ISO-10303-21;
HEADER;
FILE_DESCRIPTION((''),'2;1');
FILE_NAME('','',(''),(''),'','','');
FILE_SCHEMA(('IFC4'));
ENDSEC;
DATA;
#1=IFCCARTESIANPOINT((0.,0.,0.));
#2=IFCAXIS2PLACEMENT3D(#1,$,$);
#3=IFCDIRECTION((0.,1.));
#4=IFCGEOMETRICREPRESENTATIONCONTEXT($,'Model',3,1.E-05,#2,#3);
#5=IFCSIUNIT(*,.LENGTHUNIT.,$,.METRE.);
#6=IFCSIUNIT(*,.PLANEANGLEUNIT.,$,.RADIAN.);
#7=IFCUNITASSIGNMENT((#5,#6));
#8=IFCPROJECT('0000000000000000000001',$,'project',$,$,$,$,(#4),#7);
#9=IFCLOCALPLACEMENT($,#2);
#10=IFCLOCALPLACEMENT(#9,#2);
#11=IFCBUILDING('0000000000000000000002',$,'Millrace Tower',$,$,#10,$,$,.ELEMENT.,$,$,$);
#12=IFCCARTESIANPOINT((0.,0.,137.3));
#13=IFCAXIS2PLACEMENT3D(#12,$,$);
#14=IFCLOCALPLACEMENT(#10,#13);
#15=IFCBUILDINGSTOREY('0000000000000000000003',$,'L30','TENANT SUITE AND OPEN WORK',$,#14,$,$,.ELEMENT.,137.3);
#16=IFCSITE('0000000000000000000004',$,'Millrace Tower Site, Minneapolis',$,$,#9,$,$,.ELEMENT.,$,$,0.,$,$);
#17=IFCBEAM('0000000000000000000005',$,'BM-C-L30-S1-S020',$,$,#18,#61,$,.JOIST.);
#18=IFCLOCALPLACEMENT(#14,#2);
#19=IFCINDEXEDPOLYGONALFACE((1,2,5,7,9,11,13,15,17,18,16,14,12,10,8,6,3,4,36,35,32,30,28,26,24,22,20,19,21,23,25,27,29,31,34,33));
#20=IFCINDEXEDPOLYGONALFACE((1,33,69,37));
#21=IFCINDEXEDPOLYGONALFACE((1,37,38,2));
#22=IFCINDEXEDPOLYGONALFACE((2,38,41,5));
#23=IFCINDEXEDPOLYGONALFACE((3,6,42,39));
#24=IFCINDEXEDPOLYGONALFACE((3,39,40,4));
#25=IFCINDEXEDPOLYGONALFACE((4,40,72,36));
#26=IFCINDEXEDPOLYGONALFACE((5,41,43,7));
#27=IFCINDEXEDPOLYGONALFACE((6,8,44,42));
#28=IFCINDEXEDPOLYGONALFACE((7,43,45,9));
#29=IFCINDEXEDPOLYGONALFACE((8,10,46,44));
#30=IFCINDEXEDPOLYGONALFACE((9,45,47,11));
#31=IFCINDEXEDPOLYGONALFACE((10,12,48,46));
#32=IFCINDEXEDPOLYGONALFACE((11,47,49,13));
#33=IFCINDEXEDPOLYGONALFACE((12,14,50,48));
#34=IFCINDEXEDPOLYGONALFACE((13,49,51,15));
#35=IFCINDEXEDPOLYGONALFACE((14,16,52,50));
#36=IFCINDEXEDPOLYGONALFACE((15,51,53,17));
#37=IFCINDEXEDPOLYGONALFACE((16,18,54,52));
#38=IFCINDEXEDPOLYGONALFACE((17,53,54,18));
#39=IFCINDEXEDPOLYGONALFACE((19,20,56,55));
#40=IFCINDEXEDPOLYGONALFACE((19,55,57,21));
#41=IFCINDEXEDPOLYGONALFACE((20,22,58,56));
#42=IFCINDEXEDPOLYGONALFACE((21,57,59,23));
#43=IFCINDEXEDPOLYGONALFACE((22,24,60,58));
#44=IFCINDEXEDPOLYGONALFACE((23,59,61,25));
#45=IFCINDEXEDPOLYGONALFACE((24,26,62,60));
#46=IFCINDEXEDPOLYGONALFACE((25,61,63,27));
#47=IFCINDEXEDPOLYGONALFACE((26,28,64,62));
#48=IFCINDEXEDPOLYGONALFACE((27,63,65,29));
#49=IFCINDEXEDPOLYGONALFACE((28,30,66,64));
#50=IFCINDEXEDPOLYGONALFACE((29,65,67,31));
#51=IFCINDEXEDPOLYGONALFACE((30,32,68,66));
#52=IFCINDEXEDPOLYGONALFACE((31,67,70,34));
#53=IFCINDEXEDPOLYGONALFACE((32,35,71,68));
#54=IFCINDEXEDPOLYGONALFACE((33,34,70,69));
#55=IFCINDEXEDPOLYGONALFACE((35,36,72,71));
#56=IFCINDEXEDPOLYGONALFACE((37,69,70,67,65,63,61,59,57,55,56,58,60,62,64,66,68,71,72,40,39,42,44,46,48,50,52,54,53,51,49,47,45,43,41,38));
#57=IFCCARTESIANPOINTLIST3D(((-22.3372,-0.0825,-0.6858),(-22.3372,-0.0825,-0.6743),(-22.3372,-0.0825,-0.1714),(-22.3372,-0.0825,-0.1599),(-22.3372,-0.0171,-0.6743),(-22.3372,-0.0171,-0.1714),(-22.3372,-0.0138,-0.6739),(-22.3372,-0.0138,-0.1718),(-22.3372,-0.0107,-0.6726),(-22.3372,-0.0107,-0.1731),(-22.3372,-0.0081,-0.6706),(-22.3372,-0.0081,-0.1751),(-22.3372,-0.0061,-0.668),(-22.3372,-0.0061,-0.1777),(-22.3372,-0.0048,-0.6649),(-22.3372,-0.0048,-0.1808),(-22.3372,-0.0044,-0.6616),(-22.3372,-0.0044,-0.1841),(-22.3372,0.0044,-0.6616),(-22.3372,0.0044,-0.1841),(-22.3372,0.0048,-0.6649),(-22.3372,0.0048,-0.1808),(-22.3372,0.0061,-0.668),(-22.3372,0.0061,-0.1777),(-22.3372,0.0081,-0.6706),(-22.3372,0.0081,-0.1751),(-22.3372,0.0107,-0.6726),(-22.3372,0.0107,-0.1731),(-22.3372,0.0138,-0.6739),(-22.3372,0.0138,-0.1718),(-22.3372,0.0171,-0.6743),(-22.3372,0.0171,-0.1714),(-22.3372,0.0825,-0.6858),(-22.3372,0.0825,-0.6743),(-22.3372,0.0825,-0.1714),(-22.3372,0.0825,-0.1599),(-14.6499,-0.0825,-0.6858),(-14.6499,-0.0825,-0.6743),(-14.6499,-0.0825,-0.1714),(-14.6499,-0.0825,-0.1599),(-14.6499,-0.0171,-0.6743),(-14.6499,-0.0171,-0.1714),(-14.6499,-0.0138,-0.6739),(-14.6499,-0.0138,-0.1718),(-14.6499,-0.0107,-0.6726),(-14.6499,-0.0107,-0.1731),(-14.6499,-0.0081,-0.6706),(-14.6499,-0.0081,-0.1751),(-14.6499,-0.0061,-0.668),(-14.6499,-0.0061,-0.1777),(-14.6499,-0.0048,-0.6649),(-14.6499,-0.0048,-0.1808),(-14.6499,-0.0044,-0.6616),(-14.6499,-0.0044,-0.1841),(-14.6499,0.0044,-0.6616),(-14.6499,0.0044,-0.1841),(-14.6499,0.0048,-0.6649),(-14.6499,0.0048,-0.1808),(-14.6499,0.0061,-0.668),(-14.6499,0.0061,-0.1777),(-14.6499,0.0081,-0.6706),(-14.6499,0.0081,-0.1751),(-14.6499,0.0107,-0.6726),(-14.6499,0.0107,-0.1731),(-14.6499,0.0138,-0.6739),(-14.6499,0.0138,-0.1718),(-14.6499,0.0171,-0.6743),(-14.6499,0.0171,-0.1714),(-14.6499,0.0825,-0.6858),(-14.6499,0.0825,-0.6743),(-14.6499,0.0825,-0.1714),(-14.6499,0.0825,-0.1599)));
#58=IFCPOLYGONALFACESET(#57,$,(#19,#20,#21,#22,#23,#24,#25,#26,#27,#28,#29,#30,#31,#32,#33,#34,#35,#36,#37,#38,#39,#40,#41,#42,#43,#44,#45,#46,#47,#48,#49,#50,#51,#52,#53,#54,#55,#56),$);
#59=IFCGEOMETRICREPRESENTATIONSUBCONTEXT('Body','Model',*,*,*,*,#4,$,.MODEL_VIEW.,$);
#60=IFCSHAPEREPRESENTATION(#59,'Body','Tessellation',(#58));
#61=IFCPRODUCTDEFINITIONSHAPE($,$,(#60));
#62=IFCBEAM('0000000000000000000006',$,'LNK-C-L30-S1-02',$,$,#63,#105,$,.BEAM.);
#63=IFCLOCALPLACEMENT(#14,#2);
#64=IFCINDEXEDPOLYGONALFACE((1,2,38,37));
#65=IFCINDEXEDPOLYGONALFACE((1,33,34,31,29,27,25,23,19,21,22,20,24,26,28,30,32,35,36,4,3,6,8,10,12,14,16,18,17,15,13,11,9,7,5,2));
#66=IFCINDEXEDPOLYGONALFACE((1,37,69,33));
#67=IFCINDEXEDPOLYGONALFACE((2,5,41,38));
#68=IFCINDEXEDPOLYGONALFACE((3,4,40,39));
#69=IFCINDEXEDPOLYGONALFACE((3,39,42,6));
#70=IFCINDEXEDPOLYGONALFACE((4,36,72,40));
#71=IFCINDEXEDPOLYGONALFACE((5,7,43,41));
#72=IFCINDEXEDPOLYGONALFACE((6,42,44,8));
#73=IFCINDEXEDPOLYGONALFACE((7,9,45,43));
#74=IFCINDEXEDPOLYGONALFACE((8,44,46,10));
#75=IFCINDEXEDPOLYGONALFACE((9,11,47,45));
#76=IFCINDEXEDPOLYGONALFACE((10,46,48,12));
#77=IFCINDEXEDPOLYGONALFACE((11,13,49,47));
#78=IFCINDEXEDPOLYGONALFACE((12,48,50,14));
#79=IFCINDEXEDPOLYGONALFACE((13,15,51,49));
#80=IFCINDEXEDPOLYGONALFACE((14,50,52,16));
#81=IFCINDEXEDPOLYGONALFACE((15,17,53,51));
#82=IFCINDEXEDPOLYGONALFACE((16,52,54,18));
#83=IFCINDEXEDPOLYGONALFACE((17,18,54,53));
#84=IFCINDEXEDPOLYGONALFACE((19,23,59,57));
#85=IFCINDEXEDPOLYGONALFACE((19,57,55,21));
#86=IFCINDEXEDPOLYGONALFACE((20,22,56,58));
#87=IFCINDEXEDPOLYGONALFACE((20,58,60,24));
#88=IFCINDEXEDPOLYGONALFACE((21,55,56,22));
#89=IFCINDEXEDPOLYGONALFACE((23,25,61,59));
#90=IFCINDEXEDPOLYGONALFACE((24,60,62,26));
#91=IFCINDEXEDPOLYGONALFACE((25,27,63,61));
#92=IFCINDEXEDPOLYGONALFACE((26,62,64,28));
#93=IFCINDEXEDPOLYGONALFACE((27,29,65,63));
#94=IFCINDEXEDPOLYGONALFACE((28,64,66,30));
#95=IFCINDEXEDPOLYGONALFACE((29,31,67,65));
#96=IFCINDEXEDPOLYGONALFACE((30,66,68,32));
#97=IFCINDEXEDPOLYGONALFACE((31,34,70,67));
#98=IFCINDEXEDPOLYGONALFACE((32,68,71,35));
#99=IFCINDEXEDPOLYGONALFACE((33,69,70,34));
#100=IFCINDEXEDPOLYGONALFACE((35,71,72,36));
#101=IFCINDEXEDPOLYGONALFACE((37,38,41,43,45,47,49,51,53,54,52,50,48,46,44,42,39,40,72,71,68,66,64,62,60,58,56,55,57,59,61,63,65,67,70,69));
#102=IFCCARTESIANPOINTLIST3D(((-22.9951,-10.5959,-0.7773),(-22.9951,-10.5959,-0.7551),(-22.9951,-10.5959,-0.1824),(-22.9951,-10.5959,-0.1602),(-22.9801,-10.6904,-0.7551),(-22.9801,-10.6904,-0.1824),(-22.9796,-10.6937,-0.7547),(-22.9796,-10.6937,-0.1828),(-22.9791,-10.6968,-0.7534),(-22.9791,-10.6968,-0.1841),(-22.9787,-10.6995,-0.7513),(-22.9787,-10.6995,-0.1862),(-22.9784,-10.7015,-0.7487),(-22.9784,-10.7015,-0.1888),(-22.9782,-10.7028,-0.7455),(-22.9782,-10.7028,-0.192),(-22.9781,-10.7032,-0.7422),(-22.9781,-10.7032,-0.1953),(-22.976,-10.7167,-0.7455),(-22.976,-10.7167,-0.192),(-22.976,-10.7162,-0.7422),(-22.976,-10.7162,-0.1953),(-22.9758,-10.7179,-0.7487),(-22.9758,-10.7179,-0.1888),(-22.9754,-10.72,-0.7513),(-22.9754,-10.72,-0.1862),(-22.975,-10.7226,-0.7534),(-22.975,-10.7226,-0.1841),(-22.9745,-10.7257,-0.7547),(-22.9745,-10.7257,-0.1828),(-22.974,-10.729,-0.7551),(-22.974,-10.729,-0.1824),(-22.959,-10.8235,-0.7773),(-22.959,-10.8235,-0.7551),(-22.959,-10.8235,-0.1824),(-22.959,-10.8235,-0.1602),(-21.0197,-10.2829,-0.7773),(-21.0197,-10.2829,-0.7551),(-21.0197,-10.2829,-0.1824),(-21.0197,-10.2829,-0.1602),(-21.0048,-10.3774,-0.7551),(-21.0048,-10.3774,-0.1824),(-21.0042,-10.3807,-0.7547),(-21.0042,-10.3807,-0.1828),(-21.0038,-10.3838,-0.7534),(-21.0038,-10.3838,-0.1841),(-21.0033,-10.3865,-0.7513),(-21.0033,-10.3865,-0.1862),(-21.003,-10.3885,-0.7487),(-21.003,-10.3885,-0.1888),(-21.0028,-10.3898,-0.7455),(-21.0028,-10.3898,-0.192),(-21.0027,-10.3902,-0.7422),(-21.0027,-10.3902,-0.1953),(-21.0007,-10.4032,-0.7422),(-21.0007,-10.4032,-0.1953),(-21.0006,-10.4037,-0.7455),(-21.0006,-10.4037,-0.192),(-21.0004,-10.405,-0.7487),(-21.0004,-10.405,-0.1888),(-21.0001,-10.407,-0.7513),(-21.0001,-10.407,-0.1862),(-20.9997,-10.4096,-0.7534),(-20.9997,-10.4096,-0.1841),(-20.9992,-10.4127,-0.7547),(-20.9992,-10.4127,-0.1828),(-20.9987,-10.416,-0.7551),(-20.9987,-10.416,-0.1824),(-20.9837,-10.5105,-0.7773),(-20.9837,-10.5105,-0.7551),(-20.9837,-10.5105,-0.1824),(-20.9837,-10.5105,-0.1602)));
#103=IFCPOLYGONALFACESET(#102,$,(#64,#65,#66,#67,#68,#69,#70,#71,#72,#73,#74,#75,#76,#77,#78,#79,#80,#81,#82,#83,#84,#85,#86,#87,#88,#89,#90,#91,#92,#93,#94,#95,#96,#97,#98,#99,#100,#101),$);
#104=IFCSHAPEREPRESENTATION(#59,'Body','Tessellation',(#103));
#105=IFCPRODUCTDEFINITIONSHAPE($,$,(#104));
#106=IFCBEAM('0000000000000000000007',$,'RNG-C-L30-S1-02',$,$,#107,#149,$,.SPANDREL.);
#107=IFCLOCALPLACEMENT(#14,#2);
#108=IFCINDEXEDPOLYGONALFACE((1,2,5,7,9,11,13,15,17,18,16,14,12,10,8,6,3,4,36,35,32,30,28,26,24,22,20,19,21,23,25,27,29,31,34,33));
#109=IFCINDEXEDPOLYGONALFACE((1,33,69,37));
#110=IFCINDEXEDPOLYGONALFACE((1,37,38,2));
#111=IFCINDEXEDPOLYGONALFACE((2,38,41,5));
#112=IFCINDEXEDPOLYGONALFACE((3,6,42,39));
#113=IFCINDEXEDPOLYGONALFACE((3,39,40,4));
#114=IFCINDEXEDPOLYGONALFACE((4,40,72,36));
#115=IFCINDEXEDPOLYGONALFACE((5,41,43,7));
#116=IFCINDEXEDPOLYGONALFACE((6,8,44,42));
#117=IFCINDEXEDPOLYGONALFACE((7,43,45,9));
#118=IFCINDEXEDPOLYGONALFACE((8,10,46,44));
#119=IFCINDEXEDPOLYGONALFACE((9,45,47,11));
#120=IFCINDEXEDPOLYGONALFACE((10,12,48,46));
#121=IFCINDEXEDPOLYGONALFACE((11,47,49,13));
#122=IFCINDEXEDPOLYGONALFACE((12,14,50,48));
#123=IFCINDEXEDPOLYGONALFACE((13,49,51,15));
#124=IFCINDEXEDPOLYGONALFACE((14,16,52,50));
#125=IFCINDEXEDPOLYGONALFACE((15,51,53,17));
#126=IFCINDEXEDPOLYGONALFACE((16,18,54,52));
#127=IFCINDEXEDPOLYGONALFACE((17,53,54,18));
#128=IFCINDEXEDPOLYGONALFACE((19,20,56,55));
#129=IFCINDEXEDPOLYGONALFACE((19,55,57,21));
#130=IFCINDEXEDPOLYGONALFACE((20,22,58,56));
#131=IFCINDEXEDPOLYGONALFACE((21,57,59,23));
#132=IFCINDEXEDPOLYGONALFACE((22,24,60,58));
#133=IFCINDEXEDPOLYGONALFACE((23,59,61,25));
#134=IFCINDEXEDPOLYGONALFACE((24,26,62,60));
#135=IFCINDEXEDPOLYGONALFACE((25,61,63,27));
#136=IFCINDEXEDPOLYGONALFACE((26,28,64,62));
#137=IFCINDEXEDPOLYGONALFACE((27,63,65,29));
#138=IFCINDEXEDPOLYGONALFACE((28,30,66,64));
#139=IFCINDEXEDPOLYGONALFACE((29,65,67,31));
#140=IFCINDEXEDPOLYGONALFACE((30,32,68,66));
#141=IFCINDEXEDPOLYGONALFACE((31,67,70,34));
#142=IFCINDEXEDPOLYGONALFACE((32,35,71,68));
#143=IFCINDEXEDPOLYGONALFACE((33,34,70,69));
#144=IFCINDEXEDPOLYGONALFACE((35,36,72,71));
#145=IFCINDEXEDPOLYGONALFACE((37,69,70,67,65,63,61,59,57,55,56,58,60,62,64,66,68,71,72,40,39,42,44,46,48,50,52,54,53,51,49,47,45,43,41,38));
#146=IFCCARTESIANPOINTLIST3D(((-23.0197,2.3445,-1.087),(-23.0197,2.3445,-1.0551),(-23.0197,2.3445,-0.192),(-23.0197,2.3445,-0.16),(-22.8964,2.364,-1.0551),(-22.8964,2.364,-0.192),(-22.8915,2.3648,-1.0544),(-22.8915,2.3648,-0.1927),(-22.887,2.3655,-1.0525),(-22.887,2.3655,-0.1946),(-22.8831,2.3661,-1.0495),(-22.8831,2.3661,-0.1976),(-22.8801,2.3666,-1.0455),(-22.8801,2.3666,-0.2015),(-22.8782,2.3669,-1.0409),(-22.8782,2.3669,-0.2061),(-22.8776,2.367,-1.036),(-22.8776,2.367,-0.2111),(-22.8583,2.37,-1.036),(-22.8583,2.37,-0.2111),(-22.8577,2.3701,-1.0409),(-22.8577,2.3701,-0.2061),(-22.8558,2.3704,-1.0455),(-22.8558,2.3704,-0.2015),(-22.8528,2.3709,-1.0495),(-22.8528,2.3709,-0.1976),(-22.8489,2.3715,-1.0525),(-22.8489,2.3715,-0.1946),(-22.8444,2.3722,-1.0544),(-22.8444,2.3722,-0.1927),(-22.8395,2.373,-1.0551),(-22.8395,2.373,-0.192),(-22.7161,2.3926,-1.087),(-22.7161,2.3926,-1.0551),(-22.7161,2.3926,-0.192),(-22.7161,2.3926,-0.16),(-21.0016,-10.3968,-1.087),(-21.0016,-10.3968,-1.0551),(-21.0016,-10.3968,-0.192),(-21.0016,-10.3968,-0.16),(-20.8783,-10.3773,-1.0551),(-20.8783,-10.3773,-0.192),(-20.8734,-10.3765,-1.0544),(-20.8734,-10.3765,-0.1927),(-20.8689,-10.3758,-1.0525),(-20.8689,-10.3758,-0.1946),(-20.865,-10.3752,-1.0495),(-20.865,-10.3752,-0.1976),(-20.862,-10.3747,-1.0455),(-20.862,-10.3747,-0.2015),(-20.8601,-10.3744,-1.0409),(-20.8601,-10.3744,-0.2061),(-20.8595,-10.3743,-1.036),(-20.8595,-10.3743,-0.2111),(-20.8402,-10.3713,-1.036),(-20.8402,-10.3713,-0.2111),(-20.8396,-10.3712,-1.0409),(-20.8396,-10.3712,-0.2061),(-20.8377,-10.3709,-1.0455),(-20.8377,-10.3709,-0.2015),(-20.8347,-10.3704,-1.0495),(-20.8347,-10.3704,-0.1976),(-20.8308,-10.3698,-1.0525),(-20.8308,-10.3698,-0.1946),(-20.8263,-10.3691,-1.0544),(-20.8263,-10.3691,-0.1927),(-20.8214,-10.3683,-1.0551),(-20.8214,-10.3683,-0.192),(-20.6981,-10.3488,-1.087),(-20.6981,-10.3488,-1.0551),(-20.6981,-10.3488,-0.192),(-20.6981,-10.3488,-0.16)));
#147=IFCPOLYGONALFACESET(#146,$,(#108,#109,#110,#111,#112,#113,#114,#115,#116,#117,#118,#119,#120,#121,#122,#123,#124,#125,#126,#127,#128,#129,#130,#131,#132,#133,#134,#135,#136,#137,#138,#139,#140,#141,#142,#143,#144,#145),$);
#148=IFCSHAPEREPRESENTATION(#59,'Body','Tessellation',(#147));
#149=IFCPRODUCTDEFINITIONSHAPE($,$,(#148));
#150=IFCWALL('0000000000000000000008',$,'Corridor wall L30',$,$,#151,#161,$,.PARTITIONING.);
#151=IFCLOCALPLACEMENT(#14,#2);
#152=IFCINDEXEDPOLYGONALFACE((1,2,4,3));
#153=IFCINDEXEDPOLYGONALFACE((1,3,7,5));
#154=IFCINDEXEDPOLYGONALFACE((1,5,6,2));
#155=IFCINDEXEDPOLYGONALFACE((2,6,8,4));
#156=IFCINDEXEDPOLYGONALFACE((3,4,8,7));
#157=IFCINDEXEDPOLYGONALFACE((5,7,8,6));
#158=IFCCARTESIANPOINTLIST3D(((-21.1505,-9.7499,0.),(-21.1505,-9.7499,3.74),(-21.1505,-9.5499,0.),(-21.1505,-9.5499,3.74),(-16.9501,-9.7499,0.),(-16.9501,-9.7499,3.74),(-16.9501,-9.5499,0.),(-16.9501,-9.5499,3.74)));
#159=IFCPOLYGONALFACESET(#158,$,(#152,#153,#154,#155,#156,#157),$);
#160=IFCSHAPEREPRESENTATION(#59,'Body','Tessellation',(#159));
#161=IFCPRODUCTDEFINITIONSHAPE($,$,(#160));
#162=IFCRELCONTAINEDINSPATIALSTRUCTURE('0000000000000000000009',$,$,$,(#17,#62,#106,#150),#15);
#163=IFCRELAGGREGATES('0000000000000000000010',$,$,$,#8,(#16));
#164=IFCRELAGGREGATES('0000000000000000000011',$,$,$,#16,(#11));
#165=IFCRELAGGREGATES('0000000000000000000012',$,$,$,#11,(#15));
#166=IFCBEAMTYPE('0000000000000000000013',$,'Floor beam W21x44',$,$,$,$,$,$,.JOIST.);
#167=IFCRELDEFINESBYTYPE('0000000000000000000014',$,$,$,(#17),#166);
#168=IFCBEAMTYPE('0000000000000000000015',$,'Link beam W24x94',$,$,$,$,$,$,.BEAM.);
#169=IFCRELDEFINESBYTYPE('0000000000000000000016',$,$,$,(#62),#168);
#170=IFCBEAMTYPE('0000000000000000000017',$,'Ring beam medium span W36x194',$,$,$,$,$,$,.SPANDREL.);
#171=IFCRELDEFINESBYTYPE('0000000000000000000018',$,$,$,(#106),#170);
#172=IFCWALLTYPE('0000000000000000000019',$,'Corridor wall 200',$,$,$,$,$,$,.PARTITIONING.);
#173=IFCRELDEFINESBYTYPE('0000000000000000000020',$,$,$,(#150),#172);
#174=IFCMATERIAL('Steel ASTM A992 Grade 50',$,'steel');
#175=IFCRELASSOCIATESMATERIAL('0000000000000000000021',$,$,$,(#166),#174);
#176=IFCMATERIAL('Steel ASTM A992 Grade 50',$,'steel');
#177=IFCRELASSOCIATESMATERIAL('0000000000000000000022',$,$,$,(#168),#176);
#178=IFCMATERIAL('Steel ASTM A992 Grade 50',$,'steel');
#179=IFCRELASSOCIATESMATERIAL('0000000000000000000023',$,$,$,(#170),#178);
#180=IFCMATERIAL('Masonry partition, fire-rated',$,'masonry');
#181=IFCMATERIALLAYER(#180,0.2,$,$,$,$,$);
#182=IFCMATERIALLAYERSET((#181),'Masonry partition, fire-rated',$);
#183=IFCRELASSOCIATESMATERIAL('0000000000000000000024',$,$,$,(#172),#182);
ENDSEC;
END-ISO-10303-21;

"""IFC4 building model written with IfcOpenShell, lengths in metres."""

from ifc_helpers import new_model, si_unit, direction, frame, frame_2d, origin, origin_2d, place, context, subcontext, project, spatial, rectangle, i_section, extrude, material, layer, layer_set, material_profile, profile_set, type_object, element, save


model = new_model("IFC4")

# Units and contexts
model_context = context("Model", 3, precision=1e-05, world=origin(), true_north=direction((0.0, 1.0)))
body_context = subcontext(model_context, "Body", "Model", "MODEL_VIEW")
ifc_project = project(units=[si_unit("LENGTHUNIT", "METRE"), si_unit("PLANEANGLEUNIT", "RADIAN")], contexts=[model_context])

# Site, building, storey
site_placement = place(None, origin())
site = spatial("IfcSite", under=ifc_project, at=site_placement, Name="Millrace Tower Site, Minneapolis", CompositionType="ELEMENT", RefElevation=0.0)
building_placement = place(site_placement, origin())
building = spatial("IfcBuilding", under=site, at=building_placement, Name="Millrace Tower", CompositionType="ELEMENT")
storey_placement = place(building_placement, frame((0.0, 0.0, 137.3)))
storey = spatial("IfcBuildingStorey", under=building, at=storey_placement, Name="L30", Description="TENANT SUITE AND OPEN WORK", CompositionType="ELEMENT", Elevation=137.3)

# Beams
ifc_material_1 = material(Name="Steel ASTM A992 Grade 50", Category="steel")
ifc_material_profile_1 = material_profile(ifc_material_1, i_section(OverallWidth=0.165, OverallDepth=0.5259, WebThickness=0.0088, FlangeThickness=0.0115, FilletRadius=0.0127, at=origin_2d()))
ifc_profile_set_1 = profile_set([ifc_material_profile_1], Name="Steel ASTM A992 Grade 50")
beam_type_1 = type_object("IfcBeamType", Name="Floor beam W21x44", PredefinedType="JOIST", material=ifc_profile_set_1)
beam_1_placement = place(storey_placement, frame((-22.3372, 0.0, -0.4229), z_axis=(1.0, 0.0, 0.0), x_axis=(0.0, 1.0, 0.0)))
element("IfcBeam", 1, at=beam_1_placement, inside=storey, type_object=beam_type_1, Name="BM-C-L30-S1-S020", PredefinedType="JOIST", context=body_context, shape_type="SweptSolid", body=[
    extrude(i_section(OverallWidth=0.165, OverallDepth=0.5259, WebThickness=0.0088, FlangeThickness=0.0115, FilletRadius=0.0127, at=origin_2d()), origin(), (0.0, 0.0, 1.0), 7.6873),
])
ifc_material_2 = material(Name="Steel ASTM A992 Grade 50", Category="steel")
ifc_material_profile_2 = material_profile(ifc_material_2, i_section(OverallWidth=0.2305, OverallDepth=0.6172, WebThickness=0.0132, FlangeThickness=0.0222, FilletRadius=0.0129, at=origin_2d()))
ifc_profile_set_2 = profile_set([ifc_material_profile_2], Name="Steel ASTM A992 Grade 50")
beam_type_2 = type_object("IfcBeamType", Name="Link beam W24x94", PredefinedType="BEAM", material=ifc_profile_set_2)
beam_2_placement = place(storey_placement, frame((-21.0017, -10.3967, -0.4688), z_axis=(-0.987679, -0.156495, 0.0), x_axis=(0.156495, -0.987679, 0.0)))
element("IfcBeam", 2, at=beam_2_placement, inside=storey, type_object=beam_type_2, Name="LNK-C-L30-S1-02", PredefinedType="BEAM", context=body_context, shape_type="SweptSolid", body=[
    extrude(i_section(OverallWidth=0.2305, OverallDepth=0.6172, WebThickness=0.0132, FlangeThickness=0.0222, FilletRadius=0.0129, at=origin_2d()), origin(), (0.0, 0.0, 1.0), 2.0),
])
ifc_material_3 = material(Name="Steel ASTM A992 Grade 50", Category="steel")
ifc_material_profile_3 = material_profile(ifc_material_3, i_section(OverallWidth=0.3074, OverallDepth=0.927, WebThickness=0.0195, FlangeThickness=0.032, FilletRadius=0.019, at=origin_2d()))
ifc_profile_set_3 = profile_set([ifc_material_profile_3], Name="Steel ASTM A992 Grade 50")
beam_type_3 = type_object("IfcBeamType", Name="Ring beam medium span W36x194", PredefinedType="SPANDREL", material=ifc_profile_set_3)
beam_3_placement = place(storey_placement, frame((-20.8499, -10.3728, -0.6235), z_axis=(-0.156439, 0.987688, 0.0), x_axis=(-0.987688, -0.156439, 0.0)))
element("IfcBeam", 3, at=beam_3_placement, inside=storey, type_object=beam_type_3, Name="RNG-C-L30-S1-02", PredefinedType="SPANDREL", context=body_context, shape_type="SweptSolid", body=[
    extrude(i_section(OverallWidth=0.3074, OverallDepth=0.927, WebThickness=0.0195, FlangeThickness=0.032, FilletRadius=0.019, at=origin_2d()), origin(), (0.0, 0.0, 1.0), 12.9001),
])

# Wall
ifc_material_4 = material(Name="Masonry partition, fire-rated", Category="masonry")
ifc_layer_1 = layer(ifc_material_4, 0.2)
ifc_layer_set_1 = layer_set([ifc_layer_1], Name="Masonry partition, fire-rated")
wall_type = type_object("IfcWallType", Name="Corridor wall 200", PredefinedType="PARTITIONING", material=ifc_layer_set_1)
wall_placement = place(storey_placement, frame((-21.1504, -9.6499, 0.0), z_axis=(0.0, 0.0, 1.0), x_axis=(1.0, 0.0, 0.0)))
element("IfcWall", 4, at=wall_placement, inside=storey, type_object=wall_type, Name="Corridor wall L30", PredefinedType="PARTITIONING", context=body_context, shape_type="SweptSolid", body=[
    extrude(rectangle(XDim=4.2004, YDim=0.2, at=frame_2d((2.1001, 0.0))), origin(), (0.0, 0.0, 1.0), 3.74),
])

save(model, "model.ifc")
